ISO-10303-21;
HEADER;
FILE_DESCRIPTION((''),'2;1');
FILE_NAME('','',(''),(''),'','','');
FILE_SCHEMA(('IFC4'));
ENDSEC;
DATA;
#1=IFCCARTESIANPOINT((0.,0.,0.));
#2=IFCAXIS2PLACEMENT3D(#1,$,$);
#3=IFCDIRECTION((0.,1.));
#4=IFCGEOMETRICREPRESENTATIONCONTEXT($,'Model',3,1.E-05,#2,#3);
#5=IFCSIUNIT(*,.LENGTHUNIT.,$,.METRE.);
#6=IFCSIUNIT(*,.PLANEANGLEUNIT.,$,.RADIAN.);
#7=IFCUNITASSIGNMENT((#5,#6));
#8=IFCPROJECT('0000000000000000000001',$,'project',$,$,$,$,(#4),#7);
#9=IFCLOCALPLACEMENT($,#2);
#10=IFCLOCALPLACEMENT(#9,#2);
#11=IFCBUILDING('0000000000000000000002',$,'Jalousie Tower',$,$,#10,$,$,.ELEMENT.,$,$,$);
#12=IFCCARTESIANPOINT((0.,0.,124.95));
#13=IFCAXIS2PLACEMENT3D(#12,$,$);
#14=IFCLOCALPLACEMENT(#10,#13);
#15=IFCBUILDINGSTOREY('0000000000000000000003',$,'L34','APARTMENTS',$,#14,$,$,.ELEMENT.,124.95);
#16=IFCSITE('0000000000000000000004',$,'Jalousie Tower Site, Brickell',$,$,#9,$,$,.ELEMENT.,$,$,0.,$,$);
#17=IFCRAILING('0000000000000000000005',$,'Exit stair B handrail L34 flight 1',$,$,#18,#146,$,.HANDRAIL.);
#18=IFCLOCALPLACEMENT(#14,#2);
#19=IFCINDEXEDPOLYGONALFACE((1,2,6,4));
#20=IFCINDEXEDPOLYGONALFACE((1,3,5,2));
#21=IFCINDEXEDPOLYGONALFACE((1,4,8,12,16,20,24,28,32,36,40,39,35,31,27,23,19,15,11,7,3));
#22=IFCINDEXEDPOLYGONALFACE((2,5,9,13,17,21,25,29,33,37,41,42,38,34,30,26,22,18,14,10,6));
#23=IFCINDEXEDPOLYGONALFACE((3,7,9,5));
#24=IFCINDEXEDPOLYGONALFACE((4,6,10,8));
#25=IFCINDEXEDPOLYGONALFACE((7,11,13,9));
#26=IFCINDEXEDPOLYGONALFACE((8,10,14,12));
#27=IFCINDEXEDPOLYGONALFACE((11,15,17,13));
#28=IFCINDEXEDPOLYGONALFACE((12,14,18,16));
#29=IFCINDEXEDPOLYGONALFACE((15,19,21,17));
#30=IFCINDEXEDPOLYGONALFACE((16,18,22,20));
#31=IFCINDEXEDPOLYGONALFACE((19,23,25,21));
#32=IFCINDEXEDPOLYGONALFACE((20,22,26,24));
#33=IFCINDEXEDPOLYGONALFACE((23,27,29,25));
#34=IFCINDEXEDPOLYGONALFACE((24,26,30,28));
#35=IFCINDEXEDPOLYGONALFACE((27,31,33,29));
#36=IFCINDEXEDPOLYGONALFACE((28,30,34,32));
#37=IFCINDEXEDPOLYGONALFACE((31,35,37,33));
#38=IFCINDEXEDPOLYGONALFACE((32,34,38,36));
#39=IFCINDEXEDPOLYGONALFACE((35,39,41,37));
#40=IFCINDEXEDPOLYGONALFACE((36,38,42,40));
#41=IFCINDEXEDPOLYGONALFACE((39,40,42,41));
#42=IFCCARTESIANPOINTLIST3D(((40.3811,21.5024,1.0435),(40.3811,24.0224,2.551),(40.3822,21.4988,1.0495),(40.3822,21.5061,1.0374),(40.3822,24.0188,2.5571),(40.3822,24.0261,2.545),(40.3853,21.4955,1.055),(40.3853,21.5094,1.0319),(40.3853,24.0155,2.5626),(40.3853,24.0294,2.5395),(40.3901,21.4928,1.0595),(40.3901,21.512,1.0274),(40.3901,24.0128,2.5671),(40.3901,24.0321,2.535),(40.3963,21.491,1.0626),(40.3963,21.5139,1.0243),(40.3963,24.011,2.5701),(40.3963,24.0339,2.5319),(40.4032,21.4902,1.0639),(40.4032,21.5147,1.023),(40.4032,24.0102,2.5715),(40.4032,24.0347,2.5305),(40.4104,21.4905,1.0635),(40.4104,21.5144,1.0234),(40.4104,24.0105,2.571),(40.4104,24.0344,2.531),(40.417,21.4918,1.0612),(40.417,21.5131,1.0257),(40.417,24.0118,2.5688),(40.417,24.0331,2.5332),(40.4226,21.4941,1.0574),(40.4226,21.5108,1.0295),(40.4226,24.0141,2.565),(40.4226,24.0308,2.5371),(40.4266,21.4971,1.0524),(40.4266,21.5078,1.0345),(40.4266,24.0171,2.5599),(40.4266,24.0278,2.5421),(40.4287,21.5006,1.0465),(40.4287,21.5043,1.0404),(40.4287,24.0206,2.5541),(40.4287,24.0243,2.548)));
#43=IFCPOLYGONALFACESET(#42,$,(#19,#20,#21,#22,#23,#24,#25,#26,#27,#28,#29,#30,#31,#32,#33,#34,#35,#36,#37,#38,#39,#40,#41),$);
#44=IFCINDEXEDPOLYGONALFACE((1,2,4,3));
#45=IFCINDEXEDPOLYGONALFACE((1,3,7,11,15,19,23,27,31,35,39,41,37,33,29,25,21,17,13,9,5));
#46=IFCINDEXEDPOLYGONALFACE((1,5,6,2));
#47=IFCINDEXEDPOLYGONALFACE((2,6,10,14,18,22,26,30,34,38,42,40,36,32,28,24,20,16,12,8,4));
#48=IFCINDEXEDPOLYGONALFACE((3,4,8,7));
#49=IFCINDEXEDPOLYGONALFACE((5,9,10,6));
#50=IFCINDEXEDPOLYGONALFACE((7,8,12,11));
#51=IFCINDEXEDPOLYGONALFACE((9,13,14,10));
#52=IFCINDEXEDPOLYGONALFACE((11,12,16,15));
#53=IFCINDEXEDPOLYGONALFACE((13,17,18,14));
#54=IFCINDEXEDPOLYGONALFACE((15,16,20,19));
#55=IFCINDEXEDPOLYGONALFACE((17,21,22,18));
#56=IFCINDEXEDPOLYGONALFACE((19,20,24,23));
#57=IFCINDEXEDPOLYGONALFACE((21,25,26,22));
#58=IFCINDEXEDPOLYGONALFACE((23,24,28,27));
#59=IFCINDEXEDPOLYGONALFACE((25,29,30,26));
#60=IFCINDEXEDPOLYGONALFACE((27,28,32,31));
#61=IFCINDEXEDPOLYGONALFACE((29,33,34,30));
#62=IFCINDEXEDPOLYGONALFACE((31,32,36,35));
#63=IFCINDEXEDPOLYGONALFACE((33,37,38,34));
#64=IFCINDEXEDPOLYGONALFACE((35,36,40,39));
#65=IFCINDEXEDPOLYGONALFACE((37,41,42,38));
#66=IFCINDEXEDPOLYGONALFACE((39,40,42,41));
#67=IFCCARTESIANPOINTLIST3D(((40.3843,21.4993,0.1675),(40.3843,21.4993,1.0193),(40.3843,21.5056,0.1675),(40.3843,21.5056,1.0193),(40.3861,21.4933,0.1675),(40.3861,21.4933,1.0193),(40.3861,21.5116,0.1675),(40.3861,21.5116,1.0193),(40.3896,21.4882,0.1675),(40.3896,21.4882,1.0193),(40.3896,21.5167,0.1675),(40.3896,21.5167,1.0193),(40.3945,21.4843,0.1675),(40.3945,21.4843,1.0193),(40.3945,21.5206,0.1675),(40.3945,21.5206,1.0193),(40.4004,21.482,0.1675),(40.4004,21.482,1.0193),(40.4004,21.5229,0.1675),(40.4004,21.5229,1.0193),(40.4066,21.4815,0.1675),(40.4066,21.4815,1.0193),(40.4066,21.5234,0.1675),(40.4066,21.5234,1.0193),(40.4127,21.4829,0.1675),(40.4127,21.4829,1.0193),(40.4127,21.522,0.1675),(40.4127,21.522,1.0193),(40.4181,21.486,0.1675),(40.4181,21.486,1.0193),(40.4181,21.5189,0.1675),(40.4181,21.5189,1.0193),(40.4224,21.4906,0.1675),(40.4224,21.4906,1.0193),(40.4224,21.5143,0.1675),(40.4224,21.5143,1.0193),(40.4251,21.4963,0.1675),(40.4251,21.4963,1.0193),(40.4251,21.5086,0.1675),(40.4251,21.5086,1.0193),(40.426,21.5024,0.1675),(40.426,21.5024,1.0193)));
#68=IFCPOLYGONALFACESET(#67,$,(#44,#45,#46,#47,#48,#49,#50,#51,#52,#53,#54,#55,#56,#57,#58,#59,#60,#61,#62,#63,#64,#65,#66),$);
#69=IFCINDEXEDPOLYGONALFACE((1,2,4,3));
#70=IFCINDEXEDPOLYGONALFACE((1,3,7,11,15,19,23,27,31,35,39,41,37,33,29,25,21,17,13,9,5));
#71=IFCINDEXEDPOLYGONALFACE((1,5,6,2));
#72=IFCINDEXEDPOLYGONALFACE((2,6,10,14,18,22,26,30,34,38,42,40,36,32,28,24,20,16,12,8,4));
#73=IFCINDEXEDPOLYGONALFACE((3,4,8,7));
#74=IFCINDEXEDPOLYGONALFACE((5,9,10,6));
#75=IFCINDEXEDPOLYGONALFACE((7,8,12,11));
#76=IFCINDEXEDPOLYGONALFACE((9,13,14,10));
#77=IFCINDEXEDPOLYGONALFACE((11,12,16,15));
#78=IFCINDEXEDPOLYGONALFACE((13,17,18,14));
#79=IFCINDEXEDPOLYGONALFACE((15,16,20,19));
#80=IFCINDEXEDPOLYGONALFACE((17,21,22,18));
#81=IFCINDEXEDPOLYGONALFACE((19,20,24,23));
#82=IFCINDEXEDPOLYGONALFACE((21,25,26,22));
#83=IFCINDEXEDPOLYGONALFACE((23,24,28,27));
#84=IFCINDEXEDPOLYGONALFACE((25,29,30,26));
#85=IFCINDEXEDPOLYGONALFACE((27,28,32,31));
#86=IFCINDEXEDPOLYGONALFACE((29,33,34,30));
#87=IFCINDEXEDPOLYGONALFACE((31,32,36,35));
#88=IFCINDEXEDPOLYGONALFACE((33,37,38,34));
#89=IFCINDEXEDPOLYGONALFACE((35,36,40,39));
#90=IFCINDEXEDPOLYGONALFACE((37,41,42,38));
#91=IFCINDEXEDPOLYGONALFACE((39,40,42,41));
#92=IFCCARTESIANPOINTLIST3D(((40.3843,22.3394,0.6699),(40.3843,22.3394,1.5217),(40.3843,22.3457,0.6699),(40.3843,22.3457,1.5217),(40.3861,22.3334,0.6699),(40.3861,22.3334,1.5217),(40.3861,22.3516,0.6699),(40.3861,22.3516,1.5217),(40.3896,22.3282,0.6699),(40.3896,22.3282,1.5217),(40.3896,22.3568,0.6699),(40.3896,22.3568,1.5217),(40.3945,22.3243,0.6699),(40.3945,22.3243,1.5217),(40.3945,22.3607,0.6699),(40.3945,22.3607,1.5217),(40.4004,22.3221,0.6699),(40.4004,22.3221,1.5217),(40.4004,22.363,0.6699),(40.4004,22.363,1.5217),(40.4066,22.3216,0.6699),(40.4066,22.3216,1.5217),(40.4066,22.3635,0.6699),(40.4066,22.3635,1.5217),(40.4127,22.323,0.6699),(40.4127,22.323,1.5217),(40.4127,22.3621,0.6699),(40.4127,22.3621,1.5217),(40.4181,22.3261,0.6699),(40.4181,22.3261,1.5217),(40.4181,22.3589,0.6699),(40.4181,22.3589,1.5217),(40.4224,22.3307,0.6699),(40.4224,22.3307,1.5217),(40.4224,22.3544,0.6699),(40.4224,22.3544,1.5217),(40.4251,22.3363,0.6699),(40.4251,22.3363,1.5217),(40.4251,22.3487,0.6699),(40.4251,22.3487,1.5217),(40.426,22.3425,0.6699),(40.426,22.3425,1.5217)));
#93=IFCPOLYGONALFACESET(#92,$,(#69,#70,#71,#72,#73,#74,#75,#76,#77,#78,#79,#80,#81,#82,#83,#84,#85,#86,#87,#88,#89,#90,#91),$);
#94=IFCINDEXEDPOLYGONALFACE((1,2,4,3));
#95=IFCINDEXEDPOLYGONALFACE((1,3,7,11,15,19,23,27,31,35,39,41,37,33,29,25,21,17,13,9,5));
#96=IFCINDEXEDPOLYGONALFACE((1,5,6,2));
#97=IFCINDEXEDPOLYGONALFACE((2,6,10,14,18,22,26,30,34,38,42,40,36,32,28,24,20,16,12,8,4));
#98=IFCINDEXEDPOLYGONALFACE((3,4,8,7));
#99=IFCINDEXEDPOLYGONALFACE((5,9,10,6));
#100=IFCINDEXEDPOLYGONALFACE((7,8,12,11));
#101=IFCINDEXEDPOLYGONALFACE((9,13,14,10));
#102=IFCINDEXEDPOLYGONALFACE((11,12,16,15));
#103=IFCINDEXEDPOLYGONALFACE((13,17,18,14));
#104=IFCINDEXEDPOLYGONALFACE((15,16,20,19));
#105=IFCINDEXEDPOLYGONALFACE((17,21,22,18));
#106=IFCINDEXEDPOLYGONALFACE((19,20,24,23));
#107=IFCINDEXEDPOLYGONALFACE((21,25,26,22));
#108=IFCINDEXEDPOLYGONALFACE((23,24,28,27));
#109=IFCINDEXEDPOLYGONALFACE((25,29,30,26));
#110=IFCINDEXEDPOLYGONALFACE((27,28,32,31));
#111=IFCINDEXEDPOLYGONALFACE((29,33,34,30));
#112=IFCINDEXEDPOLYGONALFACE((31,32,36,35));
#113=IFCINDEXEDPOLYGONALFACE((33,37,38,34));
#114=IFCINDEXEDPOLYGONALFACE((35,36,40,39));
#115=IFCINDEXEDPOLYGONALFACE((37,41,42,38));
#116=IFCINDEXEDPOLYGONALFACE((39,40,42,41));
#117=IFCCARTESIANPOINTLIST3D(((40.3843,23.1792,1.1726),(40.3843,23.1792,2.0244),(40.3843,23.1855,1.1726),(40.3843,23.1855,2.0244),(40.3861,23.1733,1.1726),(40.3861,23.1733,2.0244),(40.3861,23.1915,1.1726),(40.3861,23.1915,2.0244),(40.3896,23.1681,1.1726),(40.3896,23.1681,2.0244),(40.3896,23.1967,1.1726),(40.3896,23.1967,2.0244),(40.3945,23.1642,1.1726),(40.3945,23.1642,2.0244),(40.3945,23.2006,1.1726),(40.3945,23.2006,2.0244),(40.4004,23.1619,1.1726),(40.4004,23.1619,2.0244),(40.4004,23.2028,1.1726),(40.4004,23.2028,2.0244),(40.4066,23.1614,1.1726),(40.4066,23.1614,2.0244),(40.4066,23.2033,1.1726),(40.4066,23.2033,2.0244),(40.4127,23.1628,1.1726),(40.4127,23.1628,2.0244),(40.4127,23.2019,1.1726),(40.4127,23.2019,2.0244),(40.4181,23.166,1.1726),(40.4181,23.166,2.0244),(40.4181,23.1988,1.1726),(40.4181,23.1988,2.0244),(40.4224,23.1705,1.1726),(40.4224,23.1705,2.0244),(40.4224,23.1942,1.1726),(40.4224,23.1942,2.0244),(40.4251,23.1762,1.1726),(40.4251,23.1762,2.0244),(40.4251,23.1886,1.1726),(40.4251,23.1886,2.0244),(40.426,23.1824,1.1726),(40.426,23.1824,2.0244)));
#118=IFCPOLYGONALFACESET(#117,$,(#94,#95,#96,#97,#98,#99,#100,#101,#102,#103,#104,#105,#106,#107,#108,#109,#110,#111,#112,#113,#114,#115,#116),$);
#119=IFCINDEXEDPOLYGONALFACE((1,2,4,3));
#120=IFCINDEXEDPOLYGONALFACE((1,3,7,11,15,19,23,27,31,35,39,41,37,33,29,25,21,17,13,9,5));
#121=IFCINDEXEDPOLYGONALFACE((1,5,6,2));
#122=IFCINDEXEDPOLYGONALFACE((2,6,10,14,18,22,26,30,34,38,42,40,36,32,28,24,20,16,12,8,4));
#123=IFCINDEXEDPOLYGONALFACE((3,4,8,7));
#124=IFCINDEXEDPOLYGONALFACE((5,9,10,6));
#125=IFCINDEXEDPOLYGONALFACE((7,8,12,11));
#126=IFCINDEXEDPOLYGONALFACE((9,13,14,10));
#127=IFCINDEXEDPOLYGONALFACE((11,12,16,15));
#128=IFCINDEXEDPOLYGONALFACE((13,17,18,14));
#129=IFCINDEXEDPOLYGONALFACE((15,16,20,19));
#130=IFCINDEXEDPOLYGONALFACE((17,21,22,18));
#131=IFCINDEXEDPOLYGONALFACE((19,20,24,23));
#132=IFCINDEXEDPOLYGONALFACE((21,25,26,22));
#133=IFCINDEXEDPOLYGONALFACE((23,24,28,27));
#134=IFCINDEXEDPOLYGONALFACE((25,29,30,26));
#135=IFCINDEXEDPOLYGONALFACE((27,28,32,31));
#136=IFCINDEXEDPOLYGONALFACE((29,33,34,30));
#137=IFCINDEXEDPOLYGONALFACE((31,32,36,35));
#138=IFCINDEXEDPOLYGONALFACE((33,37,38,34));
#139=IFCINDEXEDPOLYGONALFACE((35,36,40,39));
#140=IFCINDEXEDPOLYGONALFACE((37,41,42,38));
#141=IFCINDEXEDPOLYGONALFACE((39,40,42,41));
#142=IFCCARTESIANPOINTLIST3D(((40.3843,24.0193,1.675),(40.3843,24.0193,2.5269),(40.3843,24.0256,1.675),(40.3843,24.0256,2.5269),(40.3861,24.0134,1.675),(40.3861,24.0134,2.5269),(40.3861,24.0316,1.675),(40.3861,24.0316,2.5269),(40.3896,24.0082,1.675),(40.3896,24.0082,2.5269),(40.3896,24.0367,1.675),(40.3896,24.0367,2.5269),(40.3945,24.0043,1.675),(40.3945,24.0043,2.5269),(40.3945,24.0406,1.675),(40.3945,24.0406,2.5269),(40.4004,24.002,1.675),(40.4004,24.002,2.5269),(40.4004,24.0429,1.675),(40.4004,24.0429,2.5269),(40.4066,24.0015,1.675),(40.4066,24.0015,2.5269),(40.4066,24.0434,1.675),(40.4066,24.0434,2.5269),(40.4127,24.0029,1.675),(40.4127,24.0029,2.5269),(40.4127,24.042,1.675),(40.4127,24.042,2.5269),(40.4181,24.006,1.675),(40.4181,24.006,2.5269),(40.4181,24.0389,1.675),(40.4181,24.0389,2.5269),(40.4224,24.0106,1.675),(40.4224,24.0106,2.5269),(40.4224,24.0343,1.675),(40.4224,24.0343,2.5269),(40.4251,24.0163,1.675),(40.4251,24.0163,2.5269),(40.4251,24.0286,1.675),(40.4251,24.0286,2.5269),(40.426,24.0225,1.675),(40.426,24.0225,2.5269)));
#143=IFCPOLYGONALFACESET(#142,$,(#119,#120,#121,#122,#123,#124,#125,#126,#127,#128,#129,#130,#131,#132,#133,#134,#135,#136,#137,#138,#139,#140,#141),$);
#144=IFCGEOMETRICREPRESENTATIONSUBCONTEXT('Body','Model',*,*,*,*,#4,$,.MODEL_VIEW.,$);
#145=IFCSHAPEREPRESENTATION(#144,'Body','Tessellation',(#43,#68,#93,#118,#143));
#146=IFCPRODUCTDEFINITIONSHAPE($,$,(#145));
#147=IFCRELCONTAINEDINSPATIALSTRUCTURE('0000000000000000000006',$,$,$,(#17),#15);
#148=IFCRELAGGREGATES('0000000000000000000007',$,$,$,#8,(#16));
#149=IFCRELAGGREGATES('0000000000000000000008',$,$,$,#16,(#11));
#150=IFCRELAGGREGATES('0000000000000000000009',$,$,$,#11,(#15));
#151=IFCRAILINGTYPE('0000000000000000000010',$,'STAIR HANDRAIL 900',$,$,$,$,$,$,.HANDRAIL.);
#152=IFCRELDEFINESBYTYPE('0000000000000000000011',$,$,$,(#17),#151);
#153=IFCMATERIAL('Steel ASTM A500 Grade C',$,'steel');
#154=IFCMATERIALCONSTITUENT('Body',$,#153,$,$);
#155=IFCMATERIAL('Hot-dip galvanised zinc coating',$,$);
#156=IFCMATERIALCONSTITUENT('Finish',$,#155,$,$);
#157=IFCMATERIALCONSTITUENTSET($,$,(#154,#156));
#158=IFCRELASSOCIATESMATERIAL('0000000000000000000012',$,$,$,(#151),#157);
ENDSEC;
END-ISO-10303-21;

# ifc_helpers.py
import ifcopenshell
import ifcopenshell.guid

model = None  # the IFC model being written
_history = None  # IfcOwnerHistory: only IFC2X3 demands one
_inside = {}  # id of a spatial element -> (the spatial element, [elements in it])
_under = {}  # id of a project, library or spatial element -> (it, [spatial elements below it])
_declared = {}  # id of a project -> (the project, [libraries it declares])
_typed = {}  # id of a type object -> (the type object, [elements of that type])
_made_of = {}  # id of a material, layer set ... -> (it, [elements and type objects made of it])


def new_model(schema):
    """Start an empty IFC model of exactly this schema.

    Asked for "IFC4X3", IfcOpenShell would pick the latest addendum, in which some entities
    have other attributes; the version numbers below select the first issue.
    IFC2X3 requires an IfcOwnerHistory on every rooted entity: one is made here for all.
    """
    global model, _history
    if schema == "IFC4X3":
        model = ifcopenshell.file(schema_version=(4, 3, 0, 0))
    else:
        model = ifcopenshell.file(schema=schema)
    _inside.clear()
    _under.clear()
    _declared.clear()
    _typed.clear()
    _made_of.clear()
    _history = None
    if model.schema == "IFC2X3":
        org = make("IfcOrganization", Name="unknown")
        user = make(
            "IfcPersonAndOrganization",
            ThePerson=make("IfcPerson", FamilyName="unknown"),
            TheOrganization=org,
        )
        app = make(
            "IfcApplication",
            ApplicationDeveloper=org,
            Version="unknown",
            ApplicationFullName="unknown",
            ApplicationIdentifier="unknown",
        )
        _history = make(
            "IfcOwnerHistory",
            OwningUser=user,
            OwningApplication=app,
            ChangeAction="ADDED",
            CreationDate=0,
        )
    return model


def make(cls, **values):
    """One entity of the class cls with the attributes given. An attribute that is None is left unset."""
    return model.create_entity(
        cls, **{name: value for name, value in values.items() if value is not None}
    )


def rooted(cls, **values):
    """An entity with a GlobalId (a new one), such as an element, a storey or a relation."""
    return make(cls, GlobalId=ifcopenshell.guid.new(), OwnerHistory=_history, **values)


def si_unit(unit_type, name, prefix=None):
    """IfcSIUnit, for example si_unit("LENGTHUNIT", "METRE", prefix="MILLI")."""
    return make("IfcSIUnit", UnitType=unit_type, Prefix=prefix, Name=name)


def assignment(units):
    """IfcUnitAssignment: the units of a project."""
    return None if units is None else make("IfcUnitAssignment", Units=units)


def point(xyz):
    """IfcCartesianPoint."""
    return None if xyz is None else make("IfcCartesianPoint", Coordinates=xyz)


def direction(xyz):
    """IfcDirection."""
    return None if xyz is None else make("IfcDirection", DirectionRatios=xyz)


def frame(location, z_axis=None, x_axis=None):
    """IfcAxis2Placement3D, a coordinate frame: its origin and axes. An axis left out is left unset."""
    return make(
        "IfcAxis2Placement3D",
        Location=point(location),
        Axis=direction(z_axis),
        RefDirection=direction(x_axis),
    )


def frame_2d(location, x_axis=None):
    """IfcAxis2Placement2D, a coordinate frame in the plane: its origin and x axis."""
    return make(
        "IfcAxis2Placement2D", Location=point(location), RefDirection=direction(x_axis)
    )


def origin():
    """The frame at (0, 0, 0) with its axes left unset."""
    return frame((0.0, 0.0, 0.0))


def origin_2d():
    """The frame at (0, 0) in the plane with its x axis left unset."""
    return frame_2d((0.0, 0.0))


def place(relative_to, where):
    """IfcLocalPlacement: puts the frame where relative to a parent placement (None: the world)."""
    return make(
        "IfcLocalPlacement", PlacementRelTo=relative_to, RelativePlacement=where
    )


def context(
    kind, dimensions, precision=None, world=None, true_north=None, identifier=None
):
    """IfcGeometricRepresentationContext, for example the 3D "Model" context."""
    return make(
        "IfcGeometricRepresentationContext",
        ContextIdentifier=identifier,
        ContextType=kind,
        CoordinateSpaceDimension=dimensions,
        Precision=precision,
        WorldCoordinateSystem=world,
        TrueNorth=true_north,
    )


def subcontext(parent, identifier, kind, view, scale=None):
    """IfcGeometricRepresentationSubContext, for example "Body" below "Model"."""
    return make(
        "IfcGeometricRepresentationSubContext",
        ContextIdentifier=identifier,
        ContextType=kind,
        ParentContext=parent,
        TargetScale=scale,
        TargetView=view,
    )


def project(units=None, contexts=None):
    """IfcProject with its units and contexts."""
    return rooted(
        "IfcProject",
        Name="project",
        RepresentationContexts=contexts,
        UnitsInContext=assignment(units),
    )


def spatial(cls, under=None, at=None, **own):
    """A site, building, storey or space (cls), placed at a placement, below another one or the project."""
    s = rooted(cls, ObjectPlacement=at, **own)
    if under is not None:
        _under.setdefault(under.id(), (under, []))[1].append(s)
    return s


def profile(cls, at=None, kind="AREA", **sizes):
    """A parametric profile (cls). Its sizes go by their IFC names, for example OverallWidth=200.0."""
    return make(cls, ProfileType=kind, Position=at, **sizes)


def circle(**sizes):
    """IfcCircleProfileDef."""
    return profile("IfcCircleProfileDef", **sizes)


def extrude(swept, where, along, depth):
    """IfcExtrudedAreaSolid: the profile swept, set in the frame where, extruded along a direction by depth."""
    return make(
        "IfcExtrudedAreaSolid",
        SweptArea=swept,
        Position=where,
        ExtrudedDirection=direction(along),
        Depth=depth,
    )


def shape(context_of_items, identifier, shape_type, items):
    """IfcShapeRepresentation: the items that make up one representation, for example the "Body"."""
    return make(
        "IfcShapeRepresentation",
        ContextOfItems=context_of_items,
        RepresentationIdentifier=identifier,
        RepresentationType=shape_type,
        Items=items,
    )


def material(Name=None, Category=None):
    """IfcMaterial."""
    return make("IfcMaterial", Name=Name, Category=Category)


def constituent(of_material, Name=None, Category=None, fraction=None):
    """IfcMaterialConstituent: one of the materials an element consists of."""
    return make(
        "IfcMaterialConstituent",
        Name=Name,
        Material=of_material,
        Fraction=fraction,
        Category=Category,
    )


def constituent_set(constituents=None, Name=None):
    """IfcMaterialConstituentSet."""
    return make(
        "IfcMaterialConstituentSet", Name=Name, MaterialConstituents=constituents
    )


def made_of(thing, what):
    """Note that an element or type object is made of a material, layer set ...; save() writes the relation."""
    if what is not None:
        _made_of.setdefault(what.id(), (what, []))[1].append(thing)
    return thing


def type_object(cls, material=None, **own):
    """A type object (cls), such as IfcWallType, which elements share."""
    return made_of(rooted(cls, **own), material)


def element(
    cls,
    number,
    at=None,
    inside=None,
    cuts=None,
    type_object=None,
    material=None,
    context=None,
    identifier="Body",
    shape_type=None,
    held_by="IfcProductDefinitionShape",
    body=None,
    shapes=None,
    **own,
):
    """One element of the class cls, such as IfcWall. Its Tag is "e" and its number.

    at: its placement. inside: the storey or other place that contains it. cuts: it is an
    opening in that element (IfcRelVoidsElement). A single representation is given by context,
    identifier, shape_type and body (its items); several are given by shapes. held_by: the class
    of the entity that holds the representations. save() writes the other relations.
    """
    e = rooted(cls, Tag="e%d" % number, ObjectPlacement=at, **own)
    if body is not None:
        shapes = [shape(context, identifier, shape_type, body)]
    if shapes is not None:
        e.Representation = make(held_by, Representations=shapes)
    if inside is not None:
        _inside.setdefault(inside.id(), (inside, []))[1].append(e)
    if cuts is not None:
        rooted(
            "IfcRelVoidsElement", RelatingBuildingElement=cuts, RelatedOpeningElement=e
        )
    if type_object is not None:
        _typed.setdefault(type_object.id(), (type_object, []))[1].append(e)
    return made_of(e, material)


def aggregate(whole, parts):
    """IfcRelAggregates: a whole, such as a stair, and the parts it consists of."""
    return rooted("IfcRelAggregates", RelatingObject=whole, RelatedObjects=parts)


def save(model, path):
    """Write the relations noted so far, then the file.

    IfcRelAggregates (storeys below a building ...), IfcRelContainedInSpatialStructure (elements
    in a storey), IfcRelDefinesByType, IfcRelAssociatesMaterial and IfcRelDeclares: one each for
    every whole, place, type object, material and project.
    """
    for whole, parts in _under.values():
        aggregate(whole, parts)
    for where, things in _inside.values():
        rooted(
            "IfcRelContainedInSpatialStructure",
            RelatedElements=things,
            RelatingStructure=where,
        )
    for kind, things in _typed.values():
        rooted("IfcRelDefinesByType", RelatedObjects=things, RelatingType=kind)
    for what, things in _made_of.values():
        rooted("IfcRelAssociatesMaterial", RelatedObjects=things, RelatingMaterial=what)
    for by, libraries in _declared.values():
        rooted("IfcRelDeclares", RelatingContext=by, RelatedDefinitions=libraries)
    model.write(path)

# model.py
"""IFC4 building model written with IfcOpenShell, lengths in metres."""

from ifc_helpers import new_model, si_unit, direction, frame, origin, origin_2d, place, context, subcontext, project, spatial, circle, extrude, material, constituent, constituent_set, type_object, element, save


model = new_model("IFC4")

# Units and contexts
model_context = context("Model", 3, precision=1e-05, world=origin(), true_north=direction((0.0, 1.0)))
body_context = subcontext(model_context, "Body", "Model", "MODEL_VIEW")
ifc_project = project(units=[si_unit("LENGTHUNIT", "METRE"), si_unit("PLANEANGLEUNIT", "RADIAN")], contexts=[model_context])

# Site, building, storey
site_placement = place(None, origin())
site = spatial("IfcSite", under=ifc_project, at=site_placement, Name="Jalousie Tower Site, Brickell", CompositionType="ELEMENT", RefElevation=0.0)
building_placement = place(site_placement, origin())
building = spatial("IfcBuilding", under=site, at=building_placement, Name="Jalousie Tower", CompositionType="ELEMENT")
storey_placement = place(building_placement, frame((0.0, 0.0, 124.95)))
storey = spatial("IfcBuildingStorey", under=building, at=storey_placement, Name="L34", Description="APARTMENTS", CompositionType="ELEMENT", Elevation=124.95)

# Railing
ifc_material_1 = material(Name="Steel ASTM A500 Grade C", Category="steel")
ifc_constituent_1 = constituent(ifc_material_1, Name="Body")
ifc_material_2 = material(Name="Hot-dip galvanised zinc coating")
ifc_constituent_2 = constituent(ifc_material_2, Name="Finish")
ifc_constituent_set_1 = constituent_set(constituents=[ifc_constituent_1, ifc_constituent_2])
railing_type_1 = type_object("IfcRailingType", Name="STAIR HANDRAIL 900", PredefinedType="HANDRAIL", material=ifc_constituent_set_1)
railing_1_placement = place(storey_placement, frame((40.405, 21.5024, 0.1675)))
element("IfcRailing", 1, at=railing_1_placement, inside=storey, type_object=railing_type_1, Name="Exit stair B handrail L34 flight 1", PredefinedType="HANDRAIL", context=body_context, shape_type="SweptSolid", body=[
    extrude(circle(Radius=0.0239, at=origin_2d()), frame((0.0, 0.0, 0.876), z_axis=(0.0, 0.85816, 0.513383), x_axis=(-1.0, 0.0, 0.0)), (0.0, 0.0, 1.0), 2.9365),
    extrude(circle(Radius=0.021, at=origin_2d()), origin(), (0.0, 0.0, 1.0), 0.8518),
    extrude(circle(Radius=0.021, at=origin_2d()), frame((0.0, 0.8401, 0.5024)), (0.0, 0.0, 1.0), 0.8518),
    extrude(circle(Radius=0.021, at=origin_2d()), frame((0.0, 1.6799, 1.0051)), (0.0, 0.0, 1.0), 0.8518),
    extrude(circle(Radius=0.021, at=origin_2d()), frame((0.0, 2.52, 1.5076)), (0.0, 0.0, 1.0), 0.8518),
])

save(model, "model.ifc")
